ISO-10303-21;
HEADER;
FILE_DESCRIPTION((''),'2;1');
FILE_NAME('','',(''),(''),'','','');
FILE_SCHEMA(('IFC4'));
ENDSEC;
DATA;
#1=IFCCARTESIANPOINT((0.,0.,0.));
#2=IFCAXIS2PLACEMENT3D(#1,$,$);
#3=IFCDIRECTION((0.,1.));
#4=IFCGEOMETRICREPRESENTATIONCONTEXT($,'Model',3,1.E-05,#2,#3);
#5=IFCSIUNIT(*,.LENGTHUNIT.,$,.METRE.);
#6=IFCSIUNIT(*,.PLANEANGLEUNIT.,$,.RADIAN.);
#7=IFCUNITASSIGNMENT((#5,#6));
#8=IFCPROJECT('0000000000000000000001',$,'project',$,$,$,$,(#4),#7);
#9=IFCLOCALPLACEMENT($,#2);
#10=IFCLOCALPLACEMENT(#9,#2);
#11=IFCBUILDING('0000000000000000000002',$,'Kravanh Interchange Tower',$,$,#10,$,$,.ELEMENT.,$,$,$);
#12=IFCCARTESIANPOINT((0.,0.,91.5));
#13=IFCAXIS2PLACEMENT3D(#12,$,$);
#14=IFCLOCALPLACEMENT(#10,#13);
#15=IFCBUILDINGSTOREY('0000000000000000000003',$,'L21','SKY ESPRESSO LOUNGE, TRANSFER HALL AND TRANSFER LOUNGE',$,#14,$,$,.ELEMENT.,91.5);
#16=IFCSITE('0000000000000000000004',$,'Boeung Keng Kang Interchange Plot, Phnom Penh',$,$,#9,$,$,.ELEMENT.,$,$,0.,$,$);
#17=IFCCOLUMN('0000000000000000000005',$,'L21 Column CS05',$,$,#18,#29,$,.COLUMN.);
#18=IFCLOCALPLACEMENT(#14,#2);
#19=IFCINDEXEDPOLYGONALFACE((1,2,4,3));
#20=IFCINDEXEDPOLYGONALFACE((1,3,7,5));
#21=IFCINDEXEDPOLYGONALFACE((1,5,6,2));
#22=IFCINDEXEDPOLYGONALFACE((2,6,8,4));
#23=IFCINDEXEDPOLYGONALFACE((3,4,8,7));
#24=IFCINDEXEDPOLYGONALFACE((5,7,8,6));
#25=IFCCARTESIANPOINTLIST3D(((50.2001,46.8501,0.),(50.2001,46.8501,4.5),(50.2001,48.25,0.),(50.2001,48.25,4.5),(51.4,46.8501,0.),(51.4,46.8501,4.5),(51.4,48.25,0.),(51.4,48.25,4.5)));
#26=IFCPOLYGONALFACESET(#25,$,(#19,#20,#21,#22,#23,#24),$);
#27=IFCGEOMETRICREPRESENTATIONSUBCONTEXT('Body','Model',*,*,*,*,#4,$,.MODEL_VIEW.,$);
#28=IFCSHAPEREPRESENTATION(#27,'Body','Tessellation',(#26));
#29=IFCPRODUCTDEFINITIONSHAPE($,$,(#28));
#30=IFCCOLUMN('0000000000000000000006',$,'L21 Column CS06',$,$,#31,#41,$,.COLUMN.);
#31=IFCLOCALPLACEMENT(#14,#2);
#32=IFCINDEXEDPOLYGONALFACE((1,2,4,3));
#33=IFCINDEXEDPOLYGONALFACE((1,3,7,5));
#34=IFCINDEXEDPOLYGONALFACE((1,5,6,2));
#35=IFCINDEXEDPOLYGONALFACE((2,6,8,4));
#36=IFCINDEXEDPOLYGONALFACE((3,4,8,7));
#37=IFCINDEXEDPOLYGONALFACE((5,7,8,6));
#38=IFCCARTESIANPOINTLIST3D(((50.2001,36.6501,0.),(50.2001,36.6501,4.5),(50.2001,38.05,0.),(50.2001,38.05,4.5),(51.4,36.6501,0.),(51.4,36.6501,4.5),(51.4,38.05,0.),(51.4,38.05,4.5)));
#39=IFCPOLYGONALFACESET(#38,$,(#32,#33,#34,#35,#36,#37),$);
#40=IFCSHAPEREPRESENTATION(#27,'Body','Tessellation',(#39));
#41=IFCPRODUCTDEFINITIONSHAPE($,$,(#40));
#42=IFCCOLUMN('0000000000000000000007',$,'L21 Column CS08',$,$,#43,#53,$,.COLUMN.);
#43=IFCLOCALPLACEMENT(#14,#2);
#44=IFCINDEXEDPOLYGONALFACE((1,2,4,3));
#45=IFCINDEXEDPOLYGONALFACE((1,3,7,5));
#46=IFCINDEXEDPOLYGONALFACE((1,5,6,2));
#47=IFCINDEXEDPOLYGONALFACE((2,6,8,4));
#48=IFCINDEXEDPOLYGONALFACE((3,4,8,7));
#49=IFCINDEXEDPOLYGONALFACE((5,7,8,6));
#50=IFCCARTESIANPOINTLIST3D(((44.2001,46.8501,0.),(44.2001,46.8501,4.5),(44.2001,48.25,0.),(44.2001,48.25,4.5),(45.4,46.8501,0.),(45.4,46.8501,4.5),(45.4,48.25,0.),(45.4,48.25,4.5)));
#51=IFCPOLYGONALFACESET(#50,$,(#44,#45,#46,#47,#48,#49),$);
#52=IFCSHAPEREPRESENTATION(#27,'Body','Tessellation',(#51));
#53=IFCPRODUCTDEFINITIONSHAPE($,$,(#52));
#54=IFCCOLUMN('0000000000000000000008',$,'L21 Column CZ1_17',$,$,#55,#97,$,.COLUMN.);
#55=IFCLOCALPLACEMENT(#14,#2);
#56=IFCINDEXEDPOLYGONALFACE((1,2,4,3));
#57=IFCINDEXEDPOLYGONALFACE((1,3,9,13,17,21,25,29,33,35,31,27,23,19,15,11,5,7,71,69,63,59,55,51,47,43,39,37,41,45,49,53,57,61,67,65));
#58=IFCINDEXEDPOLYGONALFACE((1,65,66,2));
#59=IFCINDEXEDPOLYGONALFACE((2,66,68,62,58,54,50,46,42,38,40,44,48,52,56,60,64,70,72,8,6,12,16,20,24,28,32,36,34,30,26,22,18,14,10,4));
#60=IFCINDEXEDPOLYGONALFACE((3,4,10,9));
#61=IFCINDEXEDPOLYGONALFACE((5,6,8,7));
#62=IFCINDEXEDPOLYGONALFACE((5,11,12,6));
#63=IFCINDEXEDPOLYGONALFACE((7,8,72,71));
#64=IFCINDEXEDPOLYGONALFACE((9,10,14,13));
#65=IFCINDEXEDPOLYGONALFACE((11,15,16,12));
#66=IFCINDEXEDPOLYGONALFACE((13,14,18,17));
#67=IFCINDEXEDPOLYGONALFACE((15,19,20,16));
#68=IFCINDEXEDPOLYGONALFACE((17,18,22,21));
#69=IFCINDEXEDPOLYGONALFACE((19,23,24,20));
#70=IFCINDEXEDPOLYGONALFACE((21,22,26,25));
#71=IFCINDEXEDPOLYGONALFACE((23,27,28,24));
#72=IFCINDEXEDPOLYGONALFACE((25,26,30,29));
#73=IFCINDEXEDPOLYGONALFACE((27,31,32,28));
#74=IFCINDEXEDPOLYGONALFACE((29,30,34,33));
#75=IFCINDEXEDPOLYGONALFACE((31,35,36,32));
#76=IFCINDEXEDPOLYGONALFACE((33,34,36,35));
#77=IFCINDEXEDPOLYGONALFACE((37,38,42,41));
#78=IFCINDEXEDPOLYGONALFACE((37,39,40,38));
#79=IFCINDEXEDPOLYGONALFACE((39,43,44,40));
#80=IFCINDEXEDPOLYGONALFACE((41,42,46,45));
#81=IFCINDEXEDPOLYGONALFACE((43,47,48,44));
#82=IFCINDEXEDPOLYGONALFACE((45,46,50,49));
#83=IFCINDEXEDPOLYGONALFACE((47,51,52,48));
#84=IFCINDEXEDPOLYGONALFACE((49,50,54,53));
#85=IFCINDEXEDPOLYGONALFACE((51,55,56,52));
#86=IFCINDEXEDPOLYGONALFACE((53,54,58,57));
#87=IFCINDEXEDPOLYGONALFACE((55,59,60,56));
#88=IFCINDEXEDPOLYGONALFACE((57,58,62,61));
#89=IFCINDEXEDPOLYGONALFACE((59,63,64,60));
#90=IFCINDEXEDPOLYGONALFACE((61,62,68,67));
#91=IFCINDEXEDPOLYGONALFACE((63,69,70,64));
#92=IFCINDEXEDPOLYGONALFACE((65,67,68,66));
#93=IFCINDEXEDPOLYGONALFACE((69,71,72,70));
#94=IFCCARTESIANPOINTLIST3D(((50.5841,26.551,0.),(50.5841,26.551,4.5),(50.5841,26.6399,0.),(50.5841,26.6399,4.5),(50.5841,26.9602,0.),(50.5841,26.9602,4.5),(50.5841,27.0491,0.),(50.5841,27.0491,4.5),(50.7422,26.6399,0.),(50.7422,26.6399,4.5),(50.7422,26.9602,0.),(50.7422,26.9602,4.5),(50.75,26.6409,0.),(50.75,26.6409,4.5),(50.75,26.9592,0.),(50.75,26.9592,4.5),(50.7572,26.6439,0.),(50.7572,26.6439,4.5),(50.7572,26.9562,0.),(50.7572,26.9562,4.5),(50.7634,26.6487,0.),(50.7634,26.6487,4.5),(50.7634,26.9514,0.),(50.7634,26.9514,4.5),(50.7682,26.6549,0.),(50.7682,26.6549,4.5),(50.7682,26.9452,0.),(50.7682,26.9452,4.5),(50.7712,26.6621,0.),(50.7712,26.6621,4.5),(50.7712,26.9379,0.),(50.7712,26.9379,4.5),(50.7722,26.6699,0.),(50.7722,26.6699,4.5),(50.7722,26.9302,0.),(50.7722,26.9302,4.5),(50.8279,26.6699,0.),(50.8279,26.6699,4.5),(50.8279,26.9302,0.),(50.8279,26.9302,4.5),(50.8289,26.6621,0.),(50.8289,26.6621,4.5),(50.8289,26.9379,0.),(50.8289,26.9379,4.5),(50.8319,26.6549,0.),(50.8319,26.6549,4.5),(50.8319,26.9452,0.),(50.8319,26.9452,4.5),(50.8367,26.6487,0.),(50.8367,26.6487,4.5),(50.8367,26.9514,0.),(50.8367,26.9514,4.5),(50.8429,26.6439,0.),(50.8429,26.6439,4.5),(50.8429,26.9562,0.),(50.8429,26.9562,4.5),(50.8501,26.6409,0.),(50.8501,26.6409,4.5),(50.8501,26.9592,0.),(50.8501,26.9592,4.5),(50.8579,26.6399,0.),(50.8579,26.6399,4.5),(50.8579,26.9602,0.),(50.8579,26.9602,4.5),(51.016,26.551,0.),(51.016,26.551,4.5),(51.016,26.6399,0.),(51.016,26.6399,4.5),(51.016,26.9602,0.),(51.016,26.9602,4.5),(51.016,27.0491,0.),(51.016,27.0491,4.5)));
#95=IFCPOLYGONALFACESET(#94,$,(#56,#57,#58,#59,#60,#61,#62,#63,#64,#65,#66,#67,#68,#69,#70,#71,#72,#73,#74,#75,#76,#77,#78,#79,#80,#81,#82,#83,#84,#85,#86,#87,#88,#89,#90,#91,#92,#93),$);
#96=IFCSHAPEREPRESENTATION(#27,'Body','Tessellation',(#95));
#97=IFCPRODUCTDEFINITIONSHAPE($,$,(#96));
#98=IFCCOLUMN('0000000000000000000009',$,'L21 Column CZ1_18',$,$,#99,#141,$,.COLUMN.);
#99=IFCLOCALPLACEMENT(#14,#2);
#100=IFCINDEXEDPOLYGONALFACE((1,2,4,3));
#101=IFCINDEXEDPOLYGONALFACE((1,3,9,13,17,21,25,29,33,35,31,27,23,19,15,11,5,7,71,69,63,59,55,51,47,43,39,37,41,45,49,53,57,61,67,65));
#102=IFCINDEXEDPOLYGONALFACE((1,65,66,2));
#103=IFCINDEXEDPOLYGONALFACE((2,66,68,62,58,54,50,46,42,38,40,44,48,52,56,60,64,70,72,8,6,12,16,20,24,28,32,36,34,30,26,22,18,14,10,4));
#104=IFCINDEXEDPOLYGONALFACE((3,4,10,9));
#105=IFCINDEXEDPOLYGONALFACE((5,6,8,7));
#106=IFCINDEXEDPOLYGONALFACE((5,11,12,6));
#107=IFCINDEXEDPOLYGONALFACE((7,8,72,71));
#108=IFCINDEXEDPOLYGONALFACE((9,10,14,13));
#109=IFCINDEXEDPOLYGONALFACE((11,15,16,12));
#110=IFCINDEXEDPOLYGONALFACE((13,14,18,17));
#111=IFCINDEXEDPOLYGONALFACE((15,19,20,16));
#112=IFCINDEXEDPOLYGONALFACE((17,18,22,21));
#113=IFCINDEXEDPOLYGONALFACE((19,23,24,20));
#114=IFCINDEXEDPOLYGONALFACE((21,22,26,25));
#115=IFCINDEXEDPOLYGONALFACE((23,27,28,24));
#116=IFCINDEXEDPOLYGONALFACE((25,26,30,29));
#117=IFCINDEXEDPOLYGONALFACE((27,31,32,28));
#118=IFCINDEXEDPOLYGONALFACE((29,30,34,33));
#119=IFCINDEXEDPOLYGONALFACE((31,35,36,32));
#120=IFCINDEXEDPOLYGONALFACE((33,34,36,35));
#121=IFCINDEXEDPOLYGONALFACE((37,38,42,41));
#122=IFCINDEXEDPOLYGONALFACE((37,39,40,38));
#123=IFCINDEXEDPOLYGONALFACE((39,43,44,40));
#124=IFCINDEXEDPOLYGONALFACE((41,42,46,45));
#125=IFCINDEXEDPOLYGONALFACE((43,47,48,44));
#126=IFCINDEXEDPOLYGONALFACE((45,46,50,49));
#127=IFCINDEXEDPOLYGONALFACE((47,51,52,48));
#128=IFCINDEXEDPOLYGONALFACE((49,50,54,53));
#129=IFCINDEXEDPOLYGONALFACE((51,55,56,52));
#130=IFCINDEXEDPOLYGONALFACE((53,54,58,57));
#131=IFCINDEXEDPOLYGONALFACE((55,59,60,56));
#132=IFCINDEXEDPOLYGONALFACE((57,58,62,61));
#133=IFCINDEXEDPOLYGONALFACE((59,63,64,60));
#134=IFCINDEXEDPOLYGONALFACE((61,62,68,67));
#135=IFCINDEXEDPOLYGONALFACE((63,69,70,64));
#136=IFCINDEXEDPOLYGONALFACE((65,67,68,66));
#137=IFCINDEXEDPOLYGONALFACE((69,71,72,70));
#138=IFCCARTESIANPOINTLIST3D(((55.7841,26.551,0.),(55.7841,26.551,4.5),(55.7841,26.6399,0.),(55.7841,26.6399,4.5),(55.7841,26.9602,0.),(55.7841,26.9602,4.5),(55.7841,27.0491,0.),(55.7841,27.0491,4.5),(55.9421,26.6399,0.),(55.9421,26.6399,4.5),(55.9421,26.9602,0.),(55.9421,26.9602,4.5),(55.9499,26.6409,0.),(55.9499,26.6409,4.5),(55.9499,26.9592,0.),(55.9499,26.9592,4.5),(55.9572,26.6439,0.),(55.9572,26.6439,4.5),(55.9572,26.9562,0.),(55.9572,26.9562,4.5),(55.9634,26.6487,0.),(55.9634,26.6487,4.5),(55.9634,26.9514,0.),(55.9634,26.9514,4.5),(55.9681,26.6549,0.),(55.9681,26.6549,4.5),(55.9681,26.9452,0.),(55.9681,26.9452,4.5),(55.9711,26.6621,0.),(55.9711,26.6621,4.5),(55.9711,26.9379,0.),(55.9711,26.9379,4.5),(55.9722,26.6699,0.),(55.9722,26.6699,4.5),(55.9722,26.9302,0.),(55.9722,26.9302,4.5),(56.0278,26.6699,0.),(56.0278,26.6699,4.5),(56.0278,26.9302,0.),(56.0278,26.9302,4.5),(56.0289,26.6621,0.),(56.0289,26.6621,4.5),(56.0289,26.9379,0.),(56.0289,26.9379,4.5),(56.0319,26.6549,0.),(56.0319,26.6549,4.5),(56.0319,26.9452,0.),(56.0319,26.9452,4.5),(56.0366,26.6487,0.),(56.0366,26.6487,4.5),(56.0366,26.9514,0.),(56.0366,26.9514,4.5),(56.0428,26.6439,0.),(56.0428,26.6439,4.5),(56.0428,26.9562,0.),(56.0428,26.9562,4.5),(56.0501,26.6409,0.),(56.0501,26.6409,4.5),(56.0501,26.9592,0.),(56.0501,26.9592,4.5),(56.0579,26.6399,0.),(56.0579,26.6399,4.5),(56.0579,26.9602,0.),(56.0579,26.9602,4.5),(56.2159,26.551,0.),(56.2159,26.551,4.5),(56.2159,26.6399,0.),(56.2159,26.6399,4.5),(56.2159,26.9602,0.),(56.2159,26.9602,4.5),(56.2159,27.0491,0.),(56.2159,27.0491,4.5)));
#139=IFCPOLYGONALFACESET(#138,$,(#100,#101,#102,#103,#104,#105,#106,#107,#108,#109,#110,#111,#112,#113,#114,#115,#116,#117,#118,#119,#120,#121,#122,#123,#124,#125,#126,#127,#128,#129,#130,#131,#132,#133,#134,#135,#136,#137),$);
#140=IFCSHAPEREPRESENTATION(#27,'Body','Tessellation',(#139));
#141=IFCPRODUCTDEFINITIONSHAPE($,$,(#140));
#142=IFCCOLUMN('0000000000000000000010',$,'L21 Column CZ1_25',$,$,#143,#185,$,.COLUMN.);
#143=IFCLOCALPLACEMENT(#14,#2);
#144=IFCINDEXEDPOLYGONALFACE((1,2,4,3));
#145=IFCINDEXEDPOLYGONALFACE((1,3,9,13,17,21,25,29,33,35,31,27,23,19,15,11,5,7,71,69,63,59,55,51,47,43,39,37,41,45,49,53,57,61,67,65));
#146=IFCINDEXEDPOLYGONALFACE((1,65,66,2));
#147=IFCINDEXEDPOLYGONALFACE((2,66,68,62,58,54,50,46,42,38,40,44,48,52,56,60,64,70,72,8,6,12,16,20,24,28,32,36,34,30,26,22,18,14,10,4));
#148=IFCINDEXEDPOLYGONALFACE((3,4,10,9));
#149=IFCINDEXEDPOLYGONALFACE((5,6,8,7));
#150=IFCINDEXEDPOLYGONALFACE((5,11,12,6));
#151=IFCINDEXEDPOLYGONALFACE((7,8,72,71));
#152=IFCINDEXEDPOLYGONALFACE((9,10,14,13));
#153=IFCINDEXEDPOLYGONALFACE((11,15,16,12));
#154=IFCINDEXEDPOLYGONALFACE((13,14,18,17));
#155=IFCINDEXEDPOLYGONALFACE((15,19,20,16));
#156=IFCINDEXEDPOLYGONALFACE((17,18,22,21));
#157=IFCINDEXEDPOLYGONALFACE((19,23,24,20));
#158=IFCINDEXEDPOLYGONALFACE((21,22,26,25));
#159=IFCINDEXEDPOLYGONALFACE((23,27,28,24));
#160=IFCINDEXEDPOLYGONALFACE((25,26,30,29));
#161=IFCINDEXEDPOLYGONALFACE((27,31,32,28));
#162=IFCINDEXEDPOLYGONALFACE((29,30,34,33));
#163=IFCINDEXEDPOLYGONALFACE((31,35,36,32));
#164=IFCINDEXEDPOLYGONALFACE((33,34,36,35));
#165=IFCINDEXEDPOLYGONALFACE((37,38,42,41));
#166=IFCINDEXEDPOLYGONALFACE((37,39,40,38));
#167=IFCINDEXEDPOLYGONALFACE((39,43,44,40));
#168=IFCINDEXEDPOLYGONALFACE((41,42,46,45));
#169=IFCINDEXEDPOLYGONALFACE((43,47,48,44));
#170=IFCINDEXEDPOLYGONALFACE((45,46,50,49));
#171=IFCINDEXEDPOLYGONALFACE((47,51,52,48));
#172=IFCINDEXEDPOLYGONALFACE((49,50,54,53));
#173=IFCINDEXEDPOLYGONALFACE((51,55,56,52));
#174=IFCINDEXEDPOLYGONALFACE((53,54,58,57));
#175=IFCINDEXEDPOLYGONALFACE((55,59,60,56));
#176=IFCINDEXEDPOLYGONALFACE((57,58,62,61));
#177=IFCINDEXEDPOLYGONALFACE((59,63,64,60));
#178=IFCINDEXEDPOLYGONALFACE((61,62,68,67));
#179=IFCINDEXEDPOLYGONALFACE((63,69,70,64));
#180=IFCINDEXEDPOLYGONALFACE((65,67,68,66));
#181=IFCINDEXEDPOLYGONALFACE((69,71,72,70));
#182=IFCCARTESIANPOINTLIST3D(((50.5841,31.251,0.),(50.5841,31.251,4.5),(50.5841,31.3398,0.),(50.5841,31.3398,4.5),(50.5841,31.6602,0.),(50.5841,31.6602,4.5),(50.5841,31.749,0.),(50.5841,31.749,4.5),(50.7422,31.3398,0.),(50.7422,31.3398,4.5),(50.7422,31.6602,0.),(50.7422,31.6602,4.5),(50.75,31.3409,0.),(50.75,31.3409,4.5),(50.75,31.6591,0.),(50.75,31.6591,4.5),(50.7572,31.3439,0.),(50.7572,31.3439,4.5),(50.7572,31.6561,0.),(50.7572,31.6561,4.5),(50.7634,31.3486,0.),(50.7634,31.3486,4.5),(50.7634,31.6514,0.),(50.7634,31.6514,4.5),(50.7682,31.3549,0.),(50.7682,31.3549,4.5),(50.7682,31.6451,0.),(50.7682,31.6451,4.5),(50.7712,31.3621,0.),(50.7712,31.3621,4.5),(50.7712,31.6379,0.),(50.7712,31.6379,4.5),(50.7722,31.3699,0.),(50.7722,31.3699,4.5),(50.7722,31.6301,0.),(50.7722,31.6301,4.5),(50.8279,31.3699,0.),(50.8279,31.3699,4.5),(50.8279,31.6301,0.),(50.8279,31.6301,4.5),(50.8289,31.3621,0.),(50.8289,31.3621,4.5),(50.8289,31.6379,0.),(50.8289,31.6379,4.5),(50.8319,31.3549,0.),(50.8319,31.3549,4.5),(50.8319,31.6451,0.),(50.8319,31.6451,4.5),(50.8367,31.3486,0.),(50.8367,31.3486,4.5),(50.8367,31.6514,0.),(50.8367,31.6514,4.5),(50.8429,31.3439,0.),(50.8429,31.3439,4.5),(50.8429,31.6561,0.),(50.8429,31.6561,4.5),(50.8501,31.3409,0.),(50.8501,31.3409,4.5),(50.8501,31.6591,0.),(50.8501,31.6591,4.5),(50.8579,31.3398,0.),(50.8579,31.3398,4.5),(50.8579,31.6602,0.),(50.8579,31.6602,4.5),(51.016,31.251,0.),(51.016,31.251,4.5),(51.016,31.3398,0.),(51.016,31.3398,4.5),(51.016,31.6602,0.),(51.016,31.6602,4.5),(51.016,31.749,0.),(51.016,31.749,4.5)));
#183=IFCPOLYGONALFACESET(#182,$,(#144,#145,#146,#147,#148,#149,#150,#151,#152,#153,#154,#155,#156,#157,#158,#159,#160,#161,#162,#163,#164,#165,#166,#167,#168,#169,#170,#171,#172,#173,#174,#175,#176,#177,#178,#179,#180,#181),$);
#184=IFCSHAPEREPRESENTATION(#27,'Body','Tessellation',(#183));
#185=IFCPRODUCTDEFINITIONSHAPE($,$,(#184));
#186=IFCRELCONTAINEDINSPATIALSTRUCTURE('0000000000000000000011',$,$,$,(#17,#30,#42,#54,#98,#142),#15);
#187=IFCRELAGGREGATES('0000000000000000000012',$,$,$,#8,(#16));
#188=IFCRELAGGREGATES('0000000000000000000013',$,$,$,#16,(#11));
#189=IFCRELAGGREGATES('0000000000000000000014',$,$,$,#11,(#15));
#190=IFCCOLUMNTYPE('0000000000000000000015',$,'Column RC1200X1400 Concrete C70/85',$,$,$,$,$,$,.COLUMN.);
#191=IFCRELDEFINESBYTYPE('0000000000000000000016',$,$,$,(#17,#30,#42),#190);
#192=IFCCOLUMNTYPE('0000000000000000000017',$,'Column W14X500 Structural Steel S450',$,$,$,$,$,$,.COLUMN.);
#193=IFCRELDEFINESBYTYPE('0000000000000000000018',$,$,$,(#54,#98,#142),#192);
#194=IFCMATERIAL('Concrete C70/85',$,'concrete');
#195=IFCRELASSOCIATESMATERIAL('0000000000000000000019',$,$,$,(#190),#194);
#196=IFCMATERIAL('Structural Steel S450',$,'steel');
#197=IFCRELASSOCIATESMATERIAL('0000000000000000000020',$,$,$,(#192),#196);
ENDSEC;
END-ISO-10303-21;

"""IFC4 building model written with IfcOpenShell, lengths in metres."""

from ifc_helpers import new_model, si_unit, direction, frame, origin, origin_2d, place, context, subcontext, project, spatial, rectangle, i_section, extrude, material, material_profile, profile_set, type_object, element, save


model = new_model("IFC4")

# Units and contexts
model_context = context("Model", 3, precision=1e-05, world=origin(), true_north=direction((0.0, 1.0)))
body_context = subcontext(model_context, "Body", "Model", "MODEL_VIEW")
ifc_project = project(units=[si_unit("LENGTHUNIT", "METRE"), si_unit("PLANEANGLEUNIT", "RADIAN")], contexts=[model_context])

# Site, building, storey
site_placement = place(None, origin())
site = spatial("IfcSite", under=ifc_project, at=site_placement, Name="Boeung Keng Kang Interchange Plot, Phnom Penh", CompositionType="ELEMENT", RefElevation=0.0)
building_placement = place(site_placement, origin())
building = spatial("IfcBuilding", under=site, at=building_placement, Name="Kravanh Interchange Tower", CompositionType="ELEMENT")
storey_placement = place(building_placement, frame((0.0, 0.0, 91.5)))
storey = spatial("IfcBuildingStorey", under=building, at=storey_placement, Name="L21", Description="SKY ESPRESSO LOUNGE, TRANSFER HALL AND TRANSFER LOUNGE", CompositionType="ELEMENT", Elevation=91.5)

# Columns
ifc_material_1 = material(Name="Concrete C70/85", Category="concrete")
ifc_material_profile_1 = material_profile(ifc_material_1, rectangle(XDim=1.2, YDim=1.3999, at=origin_2d()), Name="RC1200X1400")
ifc_profile_set_1 = profile_set([ifc_material_profile_1], Name="Concrete C70/85")
column_type_1 = type_object("IfcColumnType", Name="Column RC1200X1400 Concrete C70/85", PredefinedType="COLUMN", material=ifc_profile_set_1)
for number, where, z_axis, x_axis, name in (
    (1, (50.8, 47.55, 0.0), (0.0, 0.0, 1.0), (1.0, 0.0, 0.0), "L21 Column CS05"),
    (2, (50.8, 37.3501, 0.0), (0.0, 0.0, 1.0), (1.0, 0.0, 0.0), "L21 Column CS06"),
    (3, (44.8, 47.55, 0.0), (0.0, 0.0, 1.0), (1.0, 0.0, 0.0), "L21 Column CS08"),
):
    element("IfcColumn", number, at=place(storey_placement, frame(where, z_axis=z_axis, x_axis=x_axis)), inside=storey, type_object=column_type_1, Name=name, PredefinedType="COLUMN", context=body_context, shape_type="SweptSolid", body=[
        extrude(rectangle(XDim=1.2, YDim=1.3999, at=origin_2d()), origin(), (0.0, 0.0, 1.0), 4.5),
    ])
ifc_material_2 = material(Name="Structural Steel S450", Category="steel")
ifc_material_profile_2 = material_profile(ifc_material_2, i_section(OverallWidth=0.4319, OverallDepth=0.498, WebThickness=0.0557, FlangeThickness=0.0889, FilletRadius=0.03, at=origin_2d()), Name="W14X500")
ifc_profile_set_2 = profile_set([ifc_material_profile_2], Name="Structural Steel S450")
column_type_2 = type_object("IfcColumnType", Name="Column W14X500 Structural Steel S450", PredefinedType="COLUMN", material=ifc_profile_set_2)
for number, where, z_axis, x_axis, name in (
    (4, (50.8, 26.8, 0.0), (0.0, 0.0, 1.0), (1.0, 0.0, 0.0), "L21 Column CZ1_17"),
    (5, (56.0, 26.8, 0.0), (0.0, 0.0, 1.0), (1.0, 0.0, 0.0), "L21 Column CZ1_18"),
    (6, (50.8, 31.5, 0.0), (0.0, 0.0, 1.0), (1.0, 0.0, 0.0), "L21 Column CZ1_25"),
):
    element("IfcColumn", number, at=place(storey_placement, frame(where, z_axis=z_axis, x_axis=x_axis)), inside=storey, type_object=column_type_2, Name=name, PredefinedType="COLUMN", context=body_context, shape_type="SweptSolid", body=[
        extrude(i_section(OverallWidth=0.4319, OverallDepth=0.498, WebThickness=0.0557, FlangeThickness=0.0889, FilletRadius=0.03, at=origin_2d()), origin(), (0.0, 0.0, 1.0), 4.5),
    ])

save(model, "model.ifc")
